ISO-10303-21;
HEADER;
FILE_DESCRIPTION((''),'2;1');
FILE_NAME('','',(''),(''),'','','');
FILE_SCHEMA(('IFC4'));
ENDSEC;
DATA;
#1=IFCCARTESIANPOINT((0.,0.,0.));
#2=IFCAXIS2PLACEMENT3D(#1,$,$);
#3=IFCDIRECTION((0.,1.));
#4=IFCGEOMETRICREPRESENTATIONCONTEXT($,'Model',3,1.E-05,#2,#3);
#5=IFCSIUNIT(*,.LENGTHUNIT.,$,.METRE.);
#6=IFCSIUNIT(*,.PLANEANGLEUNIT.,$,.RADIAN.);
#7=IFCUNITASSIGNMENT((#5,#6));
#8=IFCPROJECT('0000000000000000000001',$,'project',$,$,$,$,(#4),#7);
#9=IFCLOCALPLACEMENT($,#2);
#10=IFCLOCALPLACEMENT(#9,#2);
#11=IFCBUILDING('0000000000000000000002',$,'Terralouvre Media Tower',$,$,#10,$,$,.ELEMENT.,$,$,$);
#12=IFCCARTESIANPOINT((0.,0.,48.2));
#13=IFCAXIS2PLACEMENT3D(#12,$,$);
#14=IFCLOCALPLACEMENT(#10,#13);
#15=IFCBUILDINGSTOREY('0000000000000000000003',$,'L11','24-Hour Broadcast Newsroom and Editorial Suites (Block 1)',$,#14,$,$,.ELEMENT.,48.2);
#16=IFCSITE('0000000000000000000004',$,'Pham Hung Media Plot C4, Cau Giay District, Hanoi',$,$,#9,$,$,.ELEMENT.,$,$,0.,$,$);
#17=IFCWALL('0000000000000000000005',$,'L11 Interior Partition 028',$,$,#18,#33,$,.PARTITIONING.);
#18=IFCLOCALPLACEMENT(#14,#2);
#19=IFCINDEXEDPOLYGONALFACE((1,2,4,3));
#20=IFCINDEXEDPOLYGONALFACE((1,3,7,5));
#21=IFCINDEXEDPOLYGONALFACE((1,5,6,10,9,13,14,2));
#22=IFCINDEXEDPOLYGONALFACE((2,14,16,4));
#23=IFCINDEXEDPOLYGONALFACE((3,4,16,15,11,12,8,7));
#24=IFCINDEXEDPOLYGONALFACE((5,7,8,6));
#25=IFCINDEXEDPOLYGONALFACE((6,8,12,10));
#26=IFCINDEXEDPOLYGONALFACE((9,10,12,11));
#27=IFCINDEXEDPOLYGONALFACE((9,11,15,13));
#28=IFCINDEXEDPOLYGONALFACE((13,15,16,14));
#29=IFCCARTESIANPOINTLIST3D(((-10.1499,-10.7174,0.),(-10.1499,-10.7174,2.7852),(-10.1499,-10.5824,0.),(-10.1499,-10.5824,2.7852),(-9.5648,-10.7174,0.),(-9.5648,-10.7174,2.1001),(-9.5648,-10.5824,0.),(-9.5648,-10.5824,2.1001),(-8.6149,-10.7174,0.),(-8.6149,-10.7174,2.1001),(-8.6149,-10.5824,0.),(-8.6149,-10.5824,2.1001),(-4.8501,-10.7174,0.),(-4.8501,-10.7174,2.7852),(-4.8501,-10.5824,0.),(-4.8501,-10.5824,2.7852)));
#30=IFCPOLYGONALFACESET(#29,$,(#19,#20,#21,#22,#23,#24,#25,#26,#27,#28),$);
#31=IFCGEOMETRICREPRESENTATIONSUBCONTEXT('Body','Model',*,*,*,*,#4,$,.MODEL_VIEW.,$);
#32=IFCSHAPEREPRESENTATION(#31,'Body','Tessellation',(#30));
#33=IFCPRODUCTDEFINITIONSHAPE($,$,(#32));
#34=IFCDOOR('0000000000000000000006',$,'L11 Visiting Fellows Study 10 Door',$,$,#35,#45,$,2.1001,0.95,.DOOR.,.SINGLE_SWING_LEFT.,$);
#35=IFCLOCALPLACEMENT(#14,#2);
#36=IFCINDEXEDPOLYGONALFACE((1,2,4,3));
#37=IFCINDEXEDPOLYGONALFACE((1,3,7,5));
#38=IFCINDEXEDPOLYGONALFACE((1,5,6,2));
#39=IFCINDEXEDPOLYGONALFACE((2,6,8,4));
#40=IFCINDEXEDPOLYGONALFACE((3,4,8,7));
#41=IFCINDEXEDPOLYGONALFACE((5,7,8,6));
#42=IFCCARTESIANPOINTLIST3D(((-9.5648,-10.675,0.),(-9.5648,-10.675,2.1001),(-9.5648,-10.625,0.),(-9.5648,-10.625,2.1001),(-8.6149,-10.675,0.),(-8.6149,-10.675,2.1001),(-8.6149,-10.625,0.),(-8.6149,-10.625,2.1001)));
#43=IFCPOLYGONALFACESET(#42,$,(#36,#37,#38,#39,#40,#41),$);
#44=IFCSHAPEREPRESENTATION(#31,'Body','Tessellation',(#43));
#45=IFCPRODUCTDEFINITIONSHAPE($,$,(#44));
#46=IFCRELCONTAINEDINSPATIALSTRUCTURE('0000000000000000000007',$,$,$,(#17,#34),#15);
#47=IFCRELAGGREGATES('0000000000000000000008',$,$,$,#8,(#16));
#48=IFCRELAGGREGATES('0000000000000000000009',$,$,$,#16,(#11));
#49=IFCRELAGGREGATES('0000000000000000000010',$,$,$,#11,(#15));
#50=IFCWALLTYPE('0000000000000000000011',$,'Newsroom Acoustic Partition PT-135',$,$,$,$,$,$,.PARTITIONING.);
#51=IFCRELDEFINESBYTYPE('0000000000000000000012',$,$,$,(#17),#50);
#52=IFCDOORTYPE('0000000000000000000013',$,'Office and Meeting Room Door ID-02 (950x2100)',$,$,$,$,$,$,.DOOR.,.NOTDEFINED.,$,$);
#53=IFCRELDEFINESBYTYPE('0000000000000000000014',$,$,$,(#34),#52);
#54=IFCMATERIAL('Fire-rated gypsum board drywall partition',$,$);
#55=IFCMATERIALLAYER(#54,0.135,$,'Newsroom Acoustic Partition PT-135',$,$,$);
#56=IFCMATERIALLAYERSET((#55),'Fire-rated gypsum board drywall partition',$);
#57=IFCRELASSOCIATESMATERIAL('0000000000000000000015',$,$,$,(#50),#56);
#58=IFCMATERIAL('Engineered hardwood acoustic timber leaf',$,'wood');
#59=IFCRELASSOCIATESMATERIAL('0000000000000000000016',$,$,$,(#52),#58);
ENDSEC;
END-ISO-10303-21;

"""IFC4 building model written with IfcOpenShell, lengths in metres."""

from ifc_helpers import new_model, si_unit, direction, frame, frame_2d, origin, place, context, subcontext, project, spatial, rectangle, extrude, material, layer, layer_set, type_object, element, fill, save


model = new_model("IFC4")

# Units and contexts
model_context = context("Model", 3, precision=1e-05, world=origin(), true_north=direction((0.0, 1.0)))
body_context = subcontext(model_context, "Body", "Model", "MODEL_VIEW")
ifc_project = project(units=[si_unit("LENGTHUNIT", "METRE"), si_unit("PLANEANGLEUNIT", "RADIAN")], contexts=[model_context])

# Site, building, storey
site_placement = place(None, origin())
site = spatial("IfcSite", under=ifc_project, at=site_placement, Name="Pham Hung Media Plot C4, Cau Giay District, Hanoi", CompositionType="ELEMENT", RefElevation=0.0)
building_placement = place(site_placement, origin())
building = spatial("IfcBuilding", under=site, at=building_placement, Name="Terralouvre Media Tower", CompositionType="ELEMENT")
storey_placement = place(building_placement, frame((0.0, 0.0, 48.2)))
storey = spatial("IfcBuildingStorey", under=building, at=storey_placement, Name="L11", Description="24-Hour Broadcast Newsroom and Editorial Suites (Block 1)", CompositionType="ELEMENT", Elevation=48.2)

# Shared definitions
ifc_material_1 = material(Name="Fire-rated gypsum board drywall partition")
ifc_layer_1 = layer(ifc_material_1, 0.135, Name="Newsroom Acoustic Partition PT-135")
ifc_layer_set_1 = layer_set([ifc_layer_1], Name="Fire-rated gypsum board drywall partition")
wall_type_1 = type_object("IfcWallType", Name="Newsroom Acoustic Partition PT-135", PredefinedType="PARTITIONING", material=ifc_layer_set_1)

# Wall, opening, door
wall_1_placement = place(storey_placement, frame((-10.1499, -10.6499, 0.0), z_axis=(0.0, 0.0, 1.0), x_axis=(1.0, 0.0, 0.0)))
wall_1 = element("IfcWall", 1, at=wall_1_placement, inside=storey, type_object=wall_type_1, Name="L11 Interior Partition 028", PredefinedType="PARTITIONING", context=body_context, shape_type="SweptSolid", body=[
    extrude(rectangle(XDim=5.2998, YDim=0.135, at=frame_2d((2.6499, 0.0))), origin(), (0.0, 0.0, 1.0), 2.7852),
])
opening_1_placement = place(wall_1_placement, frame((0.585, 0.0, 0.0)))
opening_1 = element("IfcOpeningElement", 2, at=opening_1_placement, cuts=wall_1, PredefinedType="OPENING", context=body_context, shape_type="SweptSolid", body=[
    extrude(rectangle(XDim=0.95, YDim=2.1001, at=frame_2d((0.4751, 1.05))), frame((0.0, 0.0774, 0.0), z_axis=(0.0, -1.0, 0.0), x_axis=(1.0, 0.0, 0.0)), (0.0, 0.0, 1.0), 0.155),
])
ifc_material_2 = material(Name="Engineered hardwood acoustic timber leaf", Category="wood")
door_type_1 = type_object("IfcDoorType", Name="Office and Meeting Room Door ID-02 (950x2100)", OperationType="NOTDEFINED", PredefinedType="DOOR", material=ifc_material_2)
door_1_placement = place(opening_1_placement, origin())
door_1 = element("IfcDoor", 3, at=door_1_placement, inside=storey, type_object=door_type_1, Name="L11 Visiting Fellows Study 10 Door", OperationType="SINGLE_SWING_LEFT", OverallHeight=2.1001, OverallWidth=0.95, PredefinedType="DOOR", context=body_context, shape_type="SweptSolid", body=[
    extrude(rectangle(XDim=0.95, YDim=2.1001, at=frame_2d((0.4751, 1.05))), frame((0.0, 0.0249, 0.0), z_axis=(0.0, -1.0, 0.0), x_axis=(1.0, 0.0, 0.0)), (0.0, 0.0, 1.0), 0.05),
])
fill(opening_1, door_1)

save(model, "model.ifc")
